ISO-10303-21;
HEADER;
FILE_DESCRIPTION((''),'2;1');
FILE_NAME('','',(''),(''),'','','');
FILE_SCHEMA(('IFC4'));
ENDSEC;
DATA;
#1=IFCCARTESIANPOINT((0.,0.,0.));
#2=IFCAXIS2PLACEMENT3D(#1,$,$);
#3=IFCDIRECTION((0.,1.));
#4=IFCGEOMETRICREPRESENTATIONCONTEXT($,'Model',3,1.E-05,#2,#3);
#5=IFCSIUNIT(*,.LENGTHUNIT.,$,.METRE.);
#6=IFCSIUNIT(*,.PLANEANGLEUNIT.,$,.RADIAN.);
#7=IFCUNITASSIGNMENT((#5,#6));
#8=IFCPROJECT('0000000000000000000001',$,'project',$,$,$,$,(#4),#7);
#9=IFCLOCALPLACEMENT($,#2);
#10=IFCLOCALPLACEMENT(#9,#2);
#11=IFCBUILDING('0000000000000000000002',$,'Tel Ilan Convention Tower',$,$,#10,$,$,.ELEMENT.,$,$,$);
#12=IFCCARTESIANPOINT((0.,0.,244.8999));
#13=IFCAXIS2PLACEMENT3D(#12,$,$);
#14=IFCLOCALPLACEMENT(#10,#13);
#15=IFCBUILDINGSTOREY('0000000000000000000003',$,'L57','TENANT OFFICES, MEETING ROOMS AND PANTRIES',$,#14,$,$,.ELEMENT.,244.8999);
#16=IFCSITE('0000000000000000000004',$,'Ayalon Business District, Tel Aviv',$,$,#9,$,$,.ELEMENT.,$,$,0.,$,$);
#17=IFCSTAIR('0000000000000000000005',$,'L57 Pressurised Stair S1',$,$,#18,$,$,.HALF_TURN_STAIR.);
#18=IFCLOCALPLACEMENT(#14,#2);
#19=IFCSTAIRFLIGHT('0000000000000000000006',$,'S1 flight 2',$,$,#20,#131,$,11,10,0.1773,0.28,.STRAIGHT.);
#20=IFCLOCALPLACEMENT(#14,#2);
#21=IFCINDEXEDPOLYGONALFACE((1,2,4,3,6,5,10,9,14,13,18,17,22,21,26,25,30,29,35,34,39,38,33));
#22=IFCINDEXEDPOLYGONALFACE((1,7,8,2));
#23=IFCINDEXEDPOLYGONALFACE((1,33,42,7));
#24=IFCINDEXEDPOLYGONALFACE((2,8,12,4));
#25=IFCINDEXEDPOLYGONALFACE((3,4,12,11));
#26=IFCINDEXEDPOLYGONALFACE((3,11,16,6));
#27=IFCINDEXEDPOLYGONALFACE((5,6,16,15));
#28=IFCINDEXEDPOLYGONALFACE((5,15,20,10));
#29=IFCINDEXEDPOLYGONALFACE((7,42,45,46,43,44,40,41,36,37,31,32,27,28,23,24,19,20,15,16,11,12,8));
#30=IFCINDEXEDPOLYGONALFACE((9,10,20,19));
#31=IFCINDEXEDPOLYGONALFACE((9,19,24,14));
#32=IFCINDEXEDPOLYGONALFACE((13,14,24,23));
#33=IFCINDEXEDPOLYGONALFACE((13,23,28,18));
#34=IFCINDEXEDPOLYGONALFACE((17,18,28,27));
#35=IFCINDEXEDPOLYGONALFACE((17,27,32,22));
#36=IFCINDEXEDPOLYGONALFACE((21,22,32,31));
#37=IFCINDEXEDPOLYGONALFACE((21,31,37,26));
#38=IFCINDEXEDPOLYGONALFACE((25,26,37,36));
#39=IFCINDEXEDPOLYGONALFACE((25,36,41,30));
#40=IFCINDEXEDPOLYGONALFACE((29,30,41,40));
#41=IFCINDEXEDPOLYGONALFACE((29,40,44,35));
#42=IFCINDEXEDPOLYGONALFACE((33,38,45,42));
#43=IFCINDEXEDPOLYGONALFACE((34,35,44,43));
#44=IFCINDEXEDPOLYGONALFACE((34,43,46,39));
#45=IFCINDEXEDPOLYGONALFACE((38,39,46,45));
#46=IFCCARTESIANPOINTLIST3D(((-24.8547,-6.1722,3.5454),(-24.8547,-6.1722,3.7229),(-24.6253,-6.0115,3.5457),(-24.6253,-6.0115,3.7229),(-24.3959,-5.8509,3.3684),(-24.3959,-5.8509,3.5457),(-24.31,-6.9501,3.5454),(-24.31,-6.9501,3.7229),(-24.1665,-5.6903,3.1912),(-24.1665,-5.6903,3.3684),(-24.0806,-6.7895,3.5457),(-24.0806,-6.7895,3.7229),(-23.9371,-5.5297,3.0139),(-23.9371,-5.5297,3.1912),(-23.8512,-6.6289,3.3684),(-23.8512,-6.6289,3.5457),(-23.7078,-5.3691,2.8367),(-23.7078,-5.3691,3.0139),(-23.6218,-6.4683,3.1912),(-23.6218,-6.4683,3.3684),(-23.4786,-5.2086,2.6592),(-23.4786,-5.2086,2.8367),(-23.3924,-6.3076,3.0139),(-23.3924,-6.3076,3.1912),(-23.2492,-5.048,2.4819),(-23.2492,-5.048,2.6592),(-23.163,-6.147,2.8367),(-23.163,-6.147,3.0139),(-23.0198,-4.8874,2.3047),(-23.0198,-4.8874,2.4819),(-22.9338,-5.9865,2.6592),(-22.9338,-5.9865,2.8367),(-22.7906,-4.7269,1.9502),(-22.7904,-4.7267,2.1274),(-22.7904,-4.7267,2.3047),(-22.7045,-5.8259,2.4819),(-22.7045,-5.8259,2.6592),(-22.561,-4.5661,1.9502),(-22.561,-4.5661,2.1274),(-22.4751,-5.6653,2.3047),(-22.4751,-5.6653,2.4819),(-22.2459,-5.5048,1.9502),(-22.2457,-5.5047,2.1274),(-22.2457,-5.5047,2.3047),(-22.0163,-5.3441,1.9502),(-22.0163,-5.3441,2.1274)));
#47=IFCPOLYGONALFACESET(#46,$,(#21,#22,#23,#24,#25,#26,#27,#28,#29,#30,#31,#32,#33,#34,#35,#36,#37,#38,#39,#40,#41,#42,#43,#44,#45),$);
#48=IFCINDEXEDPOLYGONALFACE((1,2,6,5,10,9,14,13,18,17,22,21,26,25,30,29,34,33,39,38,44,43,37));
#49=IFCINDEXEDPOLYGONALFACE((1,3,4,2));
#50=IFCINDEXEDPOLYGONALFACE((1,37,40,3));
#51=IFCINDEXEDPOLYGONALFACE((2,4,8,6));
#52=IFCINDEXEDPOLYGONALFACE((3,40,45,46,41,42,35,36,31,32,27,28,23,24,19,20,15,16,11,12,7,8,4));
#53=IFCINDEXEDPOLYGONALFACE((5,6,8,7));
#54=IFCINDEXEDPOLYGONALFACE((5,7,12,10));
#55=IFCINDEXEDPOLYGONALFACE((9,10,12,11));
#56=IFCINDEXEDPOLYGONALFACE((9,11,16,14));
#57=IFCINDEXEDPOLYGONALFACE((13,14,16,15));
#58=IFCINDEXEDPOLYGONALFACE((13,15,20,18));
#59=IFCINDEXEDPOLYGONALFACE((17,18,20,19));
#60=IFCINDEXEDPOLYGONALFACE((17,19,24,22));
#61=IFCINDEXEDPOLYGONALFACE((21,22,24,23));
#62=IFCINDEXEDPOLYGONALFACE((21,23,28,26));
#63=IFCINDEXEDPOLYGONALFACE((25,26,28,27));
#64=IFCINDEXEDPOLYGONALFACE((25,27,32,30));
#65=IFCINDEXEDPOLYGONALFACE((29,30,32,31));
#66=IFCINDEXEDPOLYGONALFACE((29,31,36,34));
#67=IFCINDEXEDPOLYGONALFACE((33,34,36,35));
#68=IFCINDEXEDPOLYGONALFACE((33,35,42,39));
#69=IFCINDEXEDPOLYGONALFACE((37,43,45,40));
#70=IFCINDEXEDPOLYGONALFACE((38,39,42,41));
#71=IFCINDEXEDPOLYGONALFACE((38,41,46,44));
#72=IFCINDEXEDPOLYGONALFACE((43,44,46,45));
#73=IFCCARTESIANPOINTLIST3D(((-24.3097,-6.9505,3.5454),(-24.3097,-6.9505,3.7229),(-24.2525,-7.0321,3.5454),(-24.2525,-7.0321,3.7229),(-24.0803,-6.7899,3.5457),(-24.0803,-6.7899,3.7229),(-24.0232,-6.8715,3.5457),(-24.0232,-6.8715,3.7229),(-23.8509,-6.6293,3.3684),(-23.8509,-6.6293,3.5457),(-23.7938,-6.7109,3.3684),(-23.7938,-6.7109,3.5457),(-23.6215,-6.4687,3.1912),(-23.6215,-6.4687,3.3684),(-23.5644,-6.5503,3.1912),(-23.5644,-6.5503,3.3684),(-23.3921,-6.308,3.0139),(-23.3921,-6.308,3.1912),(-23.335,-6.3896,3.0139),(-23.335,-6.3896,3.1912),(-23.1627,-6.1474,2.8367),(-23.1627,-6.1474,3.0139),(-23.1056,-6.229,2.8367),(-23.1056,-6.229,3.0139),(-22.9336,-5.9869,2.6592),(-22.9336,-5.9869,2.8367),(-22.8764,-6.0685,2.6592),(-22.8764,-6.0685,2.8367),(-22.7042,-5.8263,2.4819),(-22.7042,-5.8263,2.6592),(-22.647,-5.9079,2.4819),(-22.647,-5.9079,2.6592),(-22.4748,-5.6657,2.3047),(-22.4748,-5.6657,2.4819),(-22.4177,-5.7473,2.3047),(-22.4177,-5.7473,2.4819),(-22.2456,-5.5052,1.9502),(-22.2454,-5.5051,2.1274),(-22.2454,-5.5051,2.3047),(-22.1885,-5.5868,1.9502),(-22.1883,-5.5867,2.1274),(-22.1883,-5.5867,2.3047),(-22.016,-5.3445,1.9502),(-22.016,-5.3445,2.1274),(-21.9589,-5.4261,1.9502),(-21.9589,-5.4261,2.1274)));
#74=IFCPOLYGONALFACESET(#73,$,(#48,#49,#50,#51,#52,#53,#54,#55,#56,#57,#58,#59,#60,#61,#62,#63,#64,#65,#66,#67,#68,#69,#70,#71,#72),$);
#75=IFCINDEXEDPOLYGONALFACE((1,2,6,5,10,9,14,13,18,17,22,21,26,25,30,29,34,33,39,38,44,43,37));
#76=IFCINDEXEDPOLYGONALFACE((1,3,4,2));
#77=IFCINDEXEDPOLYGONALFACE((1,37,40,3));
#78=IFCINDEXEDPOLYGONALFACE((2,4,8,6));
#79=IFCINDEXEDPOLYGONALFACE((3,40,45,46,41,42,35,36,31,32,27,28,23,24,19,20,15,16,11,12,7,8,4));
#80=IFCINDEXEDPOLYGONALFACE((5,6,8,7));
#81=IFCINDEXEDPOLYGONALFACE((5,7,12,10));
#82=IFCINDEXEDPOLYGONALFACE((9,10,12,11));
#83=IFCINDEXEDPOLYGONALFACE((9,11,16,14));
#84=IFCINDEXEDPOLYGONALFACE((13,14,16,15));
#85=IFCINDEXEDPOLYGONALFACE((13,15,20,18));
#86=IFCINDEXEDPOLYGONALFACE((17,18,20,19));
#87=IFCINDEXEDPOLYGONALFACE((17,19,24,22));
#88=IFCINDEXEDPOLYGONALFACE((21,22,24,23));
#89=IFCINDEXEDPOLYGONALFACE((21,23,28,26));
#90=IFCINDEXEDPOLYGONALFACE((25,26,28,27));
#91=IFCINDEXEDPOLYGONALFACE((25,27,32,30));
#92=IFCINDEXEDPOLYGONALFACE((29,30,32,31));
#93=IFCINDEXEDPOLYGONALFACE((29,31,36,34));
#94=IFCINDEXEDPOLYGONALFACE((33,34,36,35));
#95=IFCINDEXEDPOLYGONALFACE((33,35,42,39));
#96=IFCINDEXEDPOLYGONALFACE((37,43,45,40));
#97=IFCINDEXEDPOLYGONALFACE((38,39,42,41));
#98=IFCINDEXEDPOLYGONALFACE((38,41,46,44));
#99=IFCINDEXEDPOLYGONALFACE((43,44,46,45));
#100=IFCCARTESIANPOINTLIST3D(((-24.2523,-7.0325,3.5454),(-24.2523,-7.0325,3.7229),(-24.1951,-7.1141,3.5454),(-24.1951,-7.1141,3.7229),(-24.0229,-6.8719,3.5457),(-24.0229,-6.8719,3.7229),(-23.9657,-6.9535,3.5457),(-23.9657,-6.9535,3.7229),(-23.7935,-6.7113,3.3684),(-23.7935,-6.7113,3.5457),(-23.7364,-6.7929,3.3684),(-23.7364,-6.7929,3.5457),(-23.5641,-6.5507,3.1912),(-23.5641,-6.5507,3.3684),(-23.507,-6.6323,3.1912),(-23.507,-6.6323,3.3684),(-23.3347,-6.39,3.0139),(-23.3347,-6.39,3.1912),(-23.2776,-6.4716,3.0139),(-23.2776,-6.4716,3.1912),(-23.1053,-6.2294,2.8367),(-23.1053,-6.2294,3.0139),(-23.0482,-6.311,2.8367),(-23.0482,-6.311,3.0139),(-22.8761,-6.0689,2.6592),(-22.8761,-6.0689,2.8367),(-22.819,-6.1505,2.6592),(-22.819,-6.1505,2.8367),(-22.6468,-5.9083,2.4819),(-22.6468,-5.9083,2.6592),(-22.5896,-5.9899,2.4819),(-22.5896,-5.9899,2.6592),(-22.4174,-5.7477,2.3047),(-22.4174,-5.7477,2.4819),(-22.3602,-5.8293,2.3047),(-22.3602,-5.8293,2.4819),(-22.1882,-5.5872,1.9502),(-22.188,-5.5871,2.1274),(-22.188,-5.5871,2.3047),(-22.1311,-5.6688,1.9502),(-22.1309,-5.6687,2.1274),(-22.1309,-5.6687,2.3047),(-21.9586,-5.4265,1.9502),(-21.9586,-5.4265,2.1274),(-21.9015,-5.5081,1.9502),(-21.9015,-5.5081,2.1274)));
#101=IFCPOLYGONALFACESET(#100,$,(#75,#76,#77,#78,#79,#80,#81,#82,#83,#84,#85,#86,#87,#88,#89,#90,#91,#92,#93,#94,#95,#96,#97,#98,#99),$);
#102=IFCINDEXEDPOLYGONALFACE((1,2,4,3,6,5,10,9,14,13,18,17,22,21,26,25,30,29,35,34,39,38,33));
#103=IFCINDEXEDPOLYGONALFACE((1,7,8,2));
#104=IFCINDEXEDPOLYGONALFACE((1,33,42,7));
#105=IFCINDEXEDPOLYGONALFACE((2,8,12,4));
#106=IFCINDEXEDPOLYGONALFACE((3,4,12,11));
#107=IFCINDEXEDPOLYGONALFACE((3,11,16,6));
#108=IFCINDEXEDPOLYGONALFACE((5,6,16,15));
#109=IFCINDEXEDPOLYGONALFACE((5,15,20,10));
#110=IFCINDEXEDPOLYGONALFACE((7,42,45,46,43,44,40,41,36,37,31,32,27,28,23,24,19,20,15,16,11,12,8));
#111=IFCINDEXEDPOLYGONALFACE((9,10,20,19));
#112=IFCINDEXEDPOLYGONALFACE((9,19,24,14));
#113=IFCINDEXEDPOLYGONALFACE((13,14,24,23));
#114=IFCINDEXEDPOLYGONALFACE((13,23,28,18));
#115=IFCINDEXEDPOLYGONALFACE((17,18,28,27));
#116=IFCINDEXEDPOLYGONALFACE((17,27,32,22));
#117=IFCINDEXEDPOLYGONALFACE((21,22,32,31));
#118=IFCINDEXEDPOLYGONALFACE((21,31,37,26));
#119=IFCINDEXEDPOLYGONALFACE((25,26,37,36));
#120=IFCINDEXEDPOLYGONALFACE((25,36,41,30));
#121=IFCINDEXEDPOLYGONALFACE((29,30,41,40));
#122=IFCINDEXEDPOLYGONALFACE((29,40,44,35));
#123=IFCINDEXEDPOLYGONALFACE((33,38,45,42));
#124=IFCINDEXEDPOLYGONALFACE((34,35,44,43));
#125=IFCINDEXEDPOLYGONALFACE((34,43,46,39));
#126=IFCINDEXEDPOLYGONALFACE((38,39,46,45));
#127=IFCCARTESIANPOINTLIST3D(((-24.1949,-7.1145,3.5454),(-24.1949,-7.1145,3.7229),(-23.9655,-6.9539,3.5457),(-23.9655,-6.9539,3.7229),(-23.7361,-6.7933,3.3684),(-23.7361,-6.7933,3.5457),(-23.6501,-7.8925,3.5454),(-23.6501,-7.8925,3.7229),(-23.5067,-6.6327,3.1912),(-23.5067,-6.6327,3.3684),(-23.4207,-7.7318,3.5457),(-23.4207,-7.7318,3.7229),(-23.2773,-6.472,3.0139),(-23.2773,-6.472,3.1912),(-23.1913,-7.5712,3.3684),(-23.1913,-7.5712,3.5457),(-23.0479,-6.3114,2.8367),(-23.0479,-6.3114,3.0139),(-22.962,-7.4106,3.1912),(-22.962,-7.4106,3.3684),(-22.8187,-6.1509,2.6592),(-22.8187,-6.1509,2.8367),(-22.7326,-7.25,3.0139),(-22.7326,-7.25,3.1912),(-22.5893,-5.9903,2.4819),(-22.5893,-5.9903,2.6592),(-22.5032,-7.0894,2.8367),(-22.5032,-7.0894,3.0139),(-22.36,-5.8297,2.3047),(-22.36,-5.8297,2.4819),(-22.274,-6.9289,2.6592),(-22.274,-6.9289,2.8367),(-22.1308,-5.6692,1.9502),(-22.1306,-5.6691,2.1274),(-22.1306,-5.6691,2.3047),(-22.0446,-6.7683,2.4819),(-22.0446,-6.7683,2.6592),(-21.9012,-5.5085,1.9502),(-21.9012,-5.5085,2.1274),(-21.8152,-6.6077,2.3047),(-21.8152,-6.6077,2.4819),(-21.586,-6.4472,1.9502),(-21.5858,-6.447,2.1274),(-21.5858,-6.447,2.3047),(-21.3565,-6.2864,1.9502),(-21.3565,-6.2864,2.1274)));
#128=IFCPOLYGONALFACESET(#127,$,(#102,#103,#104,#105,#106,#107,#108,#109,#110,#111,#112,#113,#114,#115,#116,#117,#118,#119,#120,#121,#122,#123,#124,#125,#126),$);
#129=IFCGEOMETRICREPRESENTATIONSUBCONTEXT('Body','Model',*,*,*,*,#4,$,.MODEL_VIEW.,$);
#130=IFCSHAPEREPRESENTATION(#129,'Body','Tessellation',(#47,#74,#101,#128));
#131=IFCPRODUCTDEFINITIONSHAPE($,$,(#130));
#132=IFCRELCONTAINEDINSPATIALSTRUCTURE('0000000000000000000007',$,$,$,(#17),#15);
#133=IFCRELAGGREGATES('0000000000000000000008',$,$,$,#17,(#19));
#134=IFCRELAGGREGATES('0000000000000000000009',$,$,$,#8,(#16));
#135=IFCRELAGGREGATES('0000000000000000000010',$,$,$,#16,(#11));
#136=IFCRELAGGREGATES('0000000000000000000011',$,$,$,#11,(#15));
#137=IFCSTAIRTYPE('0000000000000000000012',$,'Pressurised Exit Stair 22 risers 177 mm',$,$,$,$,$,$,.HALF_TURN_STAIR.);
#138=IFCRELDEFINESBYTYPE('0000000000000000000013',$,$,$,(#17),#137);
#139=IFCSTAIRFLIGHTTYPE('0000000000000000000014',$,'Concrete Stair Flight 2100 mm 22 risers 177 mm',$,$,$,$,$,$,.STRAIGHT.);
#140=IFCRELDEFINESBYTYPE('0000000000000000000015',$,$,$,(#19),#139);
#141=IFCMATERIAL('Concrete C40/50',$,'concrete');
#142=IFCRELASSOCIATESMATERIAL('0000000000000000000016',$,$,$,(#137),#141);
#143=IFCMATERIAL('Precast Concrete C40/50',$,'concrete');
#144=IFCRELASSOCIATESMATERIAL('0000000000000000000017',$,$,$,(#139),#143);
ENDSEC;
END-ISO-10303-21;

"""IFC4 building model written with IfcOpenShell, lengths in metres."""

from ifc_helpers import new_model, si_unit, direction, frame, origin, place, context, subcontext, project, spatial, polyline, outline, extrude, material, type_object, element, aggregate, save


model = new_model("IFC4")

# Units and contexts
model_context = context("Model", 3, precision=1e-05, world=origin(), true_north=direction((0.0, 1.0)))
body_context = subcontext(model_context, "Body", "Model", "MODEL_VIEW")
ifc_project = project(units=[si_unit("LENGTHUNIT", "METRE"), si_unit("PLANEANGLEUNIT", "RADIAN")], contexts=[model_context])

# Site, building, storey
site_placement = place(None, origin())
site = spatial("IfcSite", under=ifc_project, at=site_placement, Name="Ayalon Business District, Tel Aviv", CompositionType="ELEMENT", RefElevation=0.0)
building_placement = place(site_placement, origin())
building = spatial("IfcBuilding", under=site, at=building_placement, Name="Tel Ilan Convention Tower", CompositionType="ELEMENT")
storey_placement = place(building_placement, frame((0.0, 0.0, 244.8999)))
storey = spatial("IfcBuildingStorey", under=building, at=storey_placement, Name="L57", Description="TENANT OFFICES, MEETING ROOMS AND PANTRIES", CompositionType="ELEMENT", Elevation=244.8999)

# Stair, stair flight
ifc_material_1 = material(Name="Concrete C40/50", Category="concrete")
stair_type = type_object("IfcStairType", Name="Pressurised Exit Stair 22 risers 177 mm", PredefinedType="HALF_TURN_STAIR", material=ifc_material_1)
stair_1_placement = place(storey_placement, origin())
stair_1 = element("IfcStair", 1, at=stair_1_placement, inside=storey, type_object=stair_type, Name="L57 Pressurised Stair S1", PredefinedType="HALF_TURN_STAIR")
ifc_material_2 = material(Name="Precast Concrete C40/50", Category="concrete")
stair_flight_type = type_object("IfcStairFlightType", Name="Concrete Stair Flight 2100 mm 22 risers 177 mm", PredefinedType="STRAIGHT", material=ifc_material_2)
stair_flight_1_placement = place(storey_placement, frame((-21.9587, -5.4263, 1.9502), z_axis=(0.0, 0.0, 1.0), x_axis=(-0.819152, -0.573576, 0.0)))
stair_flight_1 = element("IfcStairFlight", 2, at=stair_flight_1_placement, type_object=stair_flight_type, Name="S1 flight 2", NumberOfRisers=11, NumberOfTreads=10, PredefinedType="STRAIGHT", RiserHeight=0.1773, TreadLength=0.28, context=body_context, shape_type="SweptSolid", body=[
    extrude(outline(polyline([(0.0, 0.0), (0.0, 0.1772), (0.28, 0.1772), (0.28, 0.3545), (0.5601, 0.3545), (0.5601, 0.5317), (0.8401, 0.5317), (0.8401, 0.709), (1.1201, 0.709), (1.1201, 0.8865), (1.3999, 0.8865), (1.3999, 1.0637), (1.6799, 1.0637), (1.6799, 1.241), (1.96, 1.241), (1.96, 1.4182), (2.24, 1.4182), (2.24, 1.5955), (2.52, 1.5955), (2.52, 1.7727), (2.8, 1.7727), (2.8, 1.95), (2.8, 1.5952), (0.2803, 0.0), (0.0, 0.0)])), frame((0.0, -0.1003, 0.0), z_axis=(0.0, -1.0, 0.0), x_axis=(1.0, 0.0, 0.0)), (0.0, 0.0, 1.0), 0.9497),
    extrude(outline(polyline([(0.0, 0.0), (0.0, 0.1772), (0.28, 0.1772), (0.28, 0.3545), (0.5601, 0.3545), (0.5601, 0.5317), (0.8401, 0.5317), (0.8401, 0.709), (1.1201, 0.709), (1.1201, 0.8865), (1.3999, 0.8865), (1.3999, 1.0637), (1.6799, 1.0637), (1.6799, 1.241), (1.96, 1.241), (1.96, 1.4182), (2.24, 1.4182), (2.24, 1.5955), (2.52, 1.5955), (2.52, 1.7727), (2.8, 1.7727), (2.8, 1.95), (2.8, 1.5952), (0.2803, 0.0), (0.0, 0.0)])), frame((0.0, -0.0002, 0.0), z_axis=(0.0, -1.0, 0.0), x_axis=(1.0, 0.0, 0.0)), (0.0, 0.0, 1.0), 0.0996),
    extrude(outline(polyline([(0.0, 0.0), (0.0, 0.1772), (0.28, 0.1772), (0.28, 0.3545), (0.5601, 0.3545), (0.5601, 0.5317), (0.8401, 0.5317), (0.8401, 0.709), (1.1201, 0.709), (1.1201, 0.8865), (1.3999, 0.8865), (1.3999, 1.0637), (1.6799, 1.0637), (1.6799, 1.241), (1.96, 1.241), (1.96, 1.4182), (2.24, 1.4182), (2.24, 1.5955), (2.52, 1.5955), (2.52, 1.7727), (2.8, 1.7727), (2.8, 1.95), (2.8, 1.5952), (0.2803, 0.0), (0.0, 0.0)])), frame((0.0, 0.0999, 0.0), z_axis=(0.0, -1.0, 0.0), x_axis=(1.0, 0.0, 0.0)), (0.0, 0.0, 1.0), 0.0996),
    extrude(outline(polyline([(0.0, 0.0), (0.0, 0.1772), (0.28, 0.1772), (0.28, 0.3545), (0.5601, 0.3545), (0.5601, 0.5317), (0.8401, 0.5317), (0.8401, 0.709), (1.1201, 0.709), (1.1201, 0.8865), (1.3999, 0.8865), (1.3999, 1.0637), (1.6799, 1.0637), (1.6799, 1.241), (1.96, 1.241), (1.96, 1.4182), (2.24, 1.4182), (2.24, 1.5955), (2.52, 1.5955), (2.52, 1.7727), (2.8, 1.7727), (2.8, 1.95), (2.8, 1.5952), (0.2803, 0.0), (0.0, 0.0)])), frame((0.0, 1.05, 0.0), z_axis=(0.0, -1.0, 0.0), x_axis=(1.0, 0.0, 0.0)), (0.0, 0.0, 1.0), 0.9497),
])
aggregate(stair_1, [stair_flight_1])

save(model, "model.ifc")
